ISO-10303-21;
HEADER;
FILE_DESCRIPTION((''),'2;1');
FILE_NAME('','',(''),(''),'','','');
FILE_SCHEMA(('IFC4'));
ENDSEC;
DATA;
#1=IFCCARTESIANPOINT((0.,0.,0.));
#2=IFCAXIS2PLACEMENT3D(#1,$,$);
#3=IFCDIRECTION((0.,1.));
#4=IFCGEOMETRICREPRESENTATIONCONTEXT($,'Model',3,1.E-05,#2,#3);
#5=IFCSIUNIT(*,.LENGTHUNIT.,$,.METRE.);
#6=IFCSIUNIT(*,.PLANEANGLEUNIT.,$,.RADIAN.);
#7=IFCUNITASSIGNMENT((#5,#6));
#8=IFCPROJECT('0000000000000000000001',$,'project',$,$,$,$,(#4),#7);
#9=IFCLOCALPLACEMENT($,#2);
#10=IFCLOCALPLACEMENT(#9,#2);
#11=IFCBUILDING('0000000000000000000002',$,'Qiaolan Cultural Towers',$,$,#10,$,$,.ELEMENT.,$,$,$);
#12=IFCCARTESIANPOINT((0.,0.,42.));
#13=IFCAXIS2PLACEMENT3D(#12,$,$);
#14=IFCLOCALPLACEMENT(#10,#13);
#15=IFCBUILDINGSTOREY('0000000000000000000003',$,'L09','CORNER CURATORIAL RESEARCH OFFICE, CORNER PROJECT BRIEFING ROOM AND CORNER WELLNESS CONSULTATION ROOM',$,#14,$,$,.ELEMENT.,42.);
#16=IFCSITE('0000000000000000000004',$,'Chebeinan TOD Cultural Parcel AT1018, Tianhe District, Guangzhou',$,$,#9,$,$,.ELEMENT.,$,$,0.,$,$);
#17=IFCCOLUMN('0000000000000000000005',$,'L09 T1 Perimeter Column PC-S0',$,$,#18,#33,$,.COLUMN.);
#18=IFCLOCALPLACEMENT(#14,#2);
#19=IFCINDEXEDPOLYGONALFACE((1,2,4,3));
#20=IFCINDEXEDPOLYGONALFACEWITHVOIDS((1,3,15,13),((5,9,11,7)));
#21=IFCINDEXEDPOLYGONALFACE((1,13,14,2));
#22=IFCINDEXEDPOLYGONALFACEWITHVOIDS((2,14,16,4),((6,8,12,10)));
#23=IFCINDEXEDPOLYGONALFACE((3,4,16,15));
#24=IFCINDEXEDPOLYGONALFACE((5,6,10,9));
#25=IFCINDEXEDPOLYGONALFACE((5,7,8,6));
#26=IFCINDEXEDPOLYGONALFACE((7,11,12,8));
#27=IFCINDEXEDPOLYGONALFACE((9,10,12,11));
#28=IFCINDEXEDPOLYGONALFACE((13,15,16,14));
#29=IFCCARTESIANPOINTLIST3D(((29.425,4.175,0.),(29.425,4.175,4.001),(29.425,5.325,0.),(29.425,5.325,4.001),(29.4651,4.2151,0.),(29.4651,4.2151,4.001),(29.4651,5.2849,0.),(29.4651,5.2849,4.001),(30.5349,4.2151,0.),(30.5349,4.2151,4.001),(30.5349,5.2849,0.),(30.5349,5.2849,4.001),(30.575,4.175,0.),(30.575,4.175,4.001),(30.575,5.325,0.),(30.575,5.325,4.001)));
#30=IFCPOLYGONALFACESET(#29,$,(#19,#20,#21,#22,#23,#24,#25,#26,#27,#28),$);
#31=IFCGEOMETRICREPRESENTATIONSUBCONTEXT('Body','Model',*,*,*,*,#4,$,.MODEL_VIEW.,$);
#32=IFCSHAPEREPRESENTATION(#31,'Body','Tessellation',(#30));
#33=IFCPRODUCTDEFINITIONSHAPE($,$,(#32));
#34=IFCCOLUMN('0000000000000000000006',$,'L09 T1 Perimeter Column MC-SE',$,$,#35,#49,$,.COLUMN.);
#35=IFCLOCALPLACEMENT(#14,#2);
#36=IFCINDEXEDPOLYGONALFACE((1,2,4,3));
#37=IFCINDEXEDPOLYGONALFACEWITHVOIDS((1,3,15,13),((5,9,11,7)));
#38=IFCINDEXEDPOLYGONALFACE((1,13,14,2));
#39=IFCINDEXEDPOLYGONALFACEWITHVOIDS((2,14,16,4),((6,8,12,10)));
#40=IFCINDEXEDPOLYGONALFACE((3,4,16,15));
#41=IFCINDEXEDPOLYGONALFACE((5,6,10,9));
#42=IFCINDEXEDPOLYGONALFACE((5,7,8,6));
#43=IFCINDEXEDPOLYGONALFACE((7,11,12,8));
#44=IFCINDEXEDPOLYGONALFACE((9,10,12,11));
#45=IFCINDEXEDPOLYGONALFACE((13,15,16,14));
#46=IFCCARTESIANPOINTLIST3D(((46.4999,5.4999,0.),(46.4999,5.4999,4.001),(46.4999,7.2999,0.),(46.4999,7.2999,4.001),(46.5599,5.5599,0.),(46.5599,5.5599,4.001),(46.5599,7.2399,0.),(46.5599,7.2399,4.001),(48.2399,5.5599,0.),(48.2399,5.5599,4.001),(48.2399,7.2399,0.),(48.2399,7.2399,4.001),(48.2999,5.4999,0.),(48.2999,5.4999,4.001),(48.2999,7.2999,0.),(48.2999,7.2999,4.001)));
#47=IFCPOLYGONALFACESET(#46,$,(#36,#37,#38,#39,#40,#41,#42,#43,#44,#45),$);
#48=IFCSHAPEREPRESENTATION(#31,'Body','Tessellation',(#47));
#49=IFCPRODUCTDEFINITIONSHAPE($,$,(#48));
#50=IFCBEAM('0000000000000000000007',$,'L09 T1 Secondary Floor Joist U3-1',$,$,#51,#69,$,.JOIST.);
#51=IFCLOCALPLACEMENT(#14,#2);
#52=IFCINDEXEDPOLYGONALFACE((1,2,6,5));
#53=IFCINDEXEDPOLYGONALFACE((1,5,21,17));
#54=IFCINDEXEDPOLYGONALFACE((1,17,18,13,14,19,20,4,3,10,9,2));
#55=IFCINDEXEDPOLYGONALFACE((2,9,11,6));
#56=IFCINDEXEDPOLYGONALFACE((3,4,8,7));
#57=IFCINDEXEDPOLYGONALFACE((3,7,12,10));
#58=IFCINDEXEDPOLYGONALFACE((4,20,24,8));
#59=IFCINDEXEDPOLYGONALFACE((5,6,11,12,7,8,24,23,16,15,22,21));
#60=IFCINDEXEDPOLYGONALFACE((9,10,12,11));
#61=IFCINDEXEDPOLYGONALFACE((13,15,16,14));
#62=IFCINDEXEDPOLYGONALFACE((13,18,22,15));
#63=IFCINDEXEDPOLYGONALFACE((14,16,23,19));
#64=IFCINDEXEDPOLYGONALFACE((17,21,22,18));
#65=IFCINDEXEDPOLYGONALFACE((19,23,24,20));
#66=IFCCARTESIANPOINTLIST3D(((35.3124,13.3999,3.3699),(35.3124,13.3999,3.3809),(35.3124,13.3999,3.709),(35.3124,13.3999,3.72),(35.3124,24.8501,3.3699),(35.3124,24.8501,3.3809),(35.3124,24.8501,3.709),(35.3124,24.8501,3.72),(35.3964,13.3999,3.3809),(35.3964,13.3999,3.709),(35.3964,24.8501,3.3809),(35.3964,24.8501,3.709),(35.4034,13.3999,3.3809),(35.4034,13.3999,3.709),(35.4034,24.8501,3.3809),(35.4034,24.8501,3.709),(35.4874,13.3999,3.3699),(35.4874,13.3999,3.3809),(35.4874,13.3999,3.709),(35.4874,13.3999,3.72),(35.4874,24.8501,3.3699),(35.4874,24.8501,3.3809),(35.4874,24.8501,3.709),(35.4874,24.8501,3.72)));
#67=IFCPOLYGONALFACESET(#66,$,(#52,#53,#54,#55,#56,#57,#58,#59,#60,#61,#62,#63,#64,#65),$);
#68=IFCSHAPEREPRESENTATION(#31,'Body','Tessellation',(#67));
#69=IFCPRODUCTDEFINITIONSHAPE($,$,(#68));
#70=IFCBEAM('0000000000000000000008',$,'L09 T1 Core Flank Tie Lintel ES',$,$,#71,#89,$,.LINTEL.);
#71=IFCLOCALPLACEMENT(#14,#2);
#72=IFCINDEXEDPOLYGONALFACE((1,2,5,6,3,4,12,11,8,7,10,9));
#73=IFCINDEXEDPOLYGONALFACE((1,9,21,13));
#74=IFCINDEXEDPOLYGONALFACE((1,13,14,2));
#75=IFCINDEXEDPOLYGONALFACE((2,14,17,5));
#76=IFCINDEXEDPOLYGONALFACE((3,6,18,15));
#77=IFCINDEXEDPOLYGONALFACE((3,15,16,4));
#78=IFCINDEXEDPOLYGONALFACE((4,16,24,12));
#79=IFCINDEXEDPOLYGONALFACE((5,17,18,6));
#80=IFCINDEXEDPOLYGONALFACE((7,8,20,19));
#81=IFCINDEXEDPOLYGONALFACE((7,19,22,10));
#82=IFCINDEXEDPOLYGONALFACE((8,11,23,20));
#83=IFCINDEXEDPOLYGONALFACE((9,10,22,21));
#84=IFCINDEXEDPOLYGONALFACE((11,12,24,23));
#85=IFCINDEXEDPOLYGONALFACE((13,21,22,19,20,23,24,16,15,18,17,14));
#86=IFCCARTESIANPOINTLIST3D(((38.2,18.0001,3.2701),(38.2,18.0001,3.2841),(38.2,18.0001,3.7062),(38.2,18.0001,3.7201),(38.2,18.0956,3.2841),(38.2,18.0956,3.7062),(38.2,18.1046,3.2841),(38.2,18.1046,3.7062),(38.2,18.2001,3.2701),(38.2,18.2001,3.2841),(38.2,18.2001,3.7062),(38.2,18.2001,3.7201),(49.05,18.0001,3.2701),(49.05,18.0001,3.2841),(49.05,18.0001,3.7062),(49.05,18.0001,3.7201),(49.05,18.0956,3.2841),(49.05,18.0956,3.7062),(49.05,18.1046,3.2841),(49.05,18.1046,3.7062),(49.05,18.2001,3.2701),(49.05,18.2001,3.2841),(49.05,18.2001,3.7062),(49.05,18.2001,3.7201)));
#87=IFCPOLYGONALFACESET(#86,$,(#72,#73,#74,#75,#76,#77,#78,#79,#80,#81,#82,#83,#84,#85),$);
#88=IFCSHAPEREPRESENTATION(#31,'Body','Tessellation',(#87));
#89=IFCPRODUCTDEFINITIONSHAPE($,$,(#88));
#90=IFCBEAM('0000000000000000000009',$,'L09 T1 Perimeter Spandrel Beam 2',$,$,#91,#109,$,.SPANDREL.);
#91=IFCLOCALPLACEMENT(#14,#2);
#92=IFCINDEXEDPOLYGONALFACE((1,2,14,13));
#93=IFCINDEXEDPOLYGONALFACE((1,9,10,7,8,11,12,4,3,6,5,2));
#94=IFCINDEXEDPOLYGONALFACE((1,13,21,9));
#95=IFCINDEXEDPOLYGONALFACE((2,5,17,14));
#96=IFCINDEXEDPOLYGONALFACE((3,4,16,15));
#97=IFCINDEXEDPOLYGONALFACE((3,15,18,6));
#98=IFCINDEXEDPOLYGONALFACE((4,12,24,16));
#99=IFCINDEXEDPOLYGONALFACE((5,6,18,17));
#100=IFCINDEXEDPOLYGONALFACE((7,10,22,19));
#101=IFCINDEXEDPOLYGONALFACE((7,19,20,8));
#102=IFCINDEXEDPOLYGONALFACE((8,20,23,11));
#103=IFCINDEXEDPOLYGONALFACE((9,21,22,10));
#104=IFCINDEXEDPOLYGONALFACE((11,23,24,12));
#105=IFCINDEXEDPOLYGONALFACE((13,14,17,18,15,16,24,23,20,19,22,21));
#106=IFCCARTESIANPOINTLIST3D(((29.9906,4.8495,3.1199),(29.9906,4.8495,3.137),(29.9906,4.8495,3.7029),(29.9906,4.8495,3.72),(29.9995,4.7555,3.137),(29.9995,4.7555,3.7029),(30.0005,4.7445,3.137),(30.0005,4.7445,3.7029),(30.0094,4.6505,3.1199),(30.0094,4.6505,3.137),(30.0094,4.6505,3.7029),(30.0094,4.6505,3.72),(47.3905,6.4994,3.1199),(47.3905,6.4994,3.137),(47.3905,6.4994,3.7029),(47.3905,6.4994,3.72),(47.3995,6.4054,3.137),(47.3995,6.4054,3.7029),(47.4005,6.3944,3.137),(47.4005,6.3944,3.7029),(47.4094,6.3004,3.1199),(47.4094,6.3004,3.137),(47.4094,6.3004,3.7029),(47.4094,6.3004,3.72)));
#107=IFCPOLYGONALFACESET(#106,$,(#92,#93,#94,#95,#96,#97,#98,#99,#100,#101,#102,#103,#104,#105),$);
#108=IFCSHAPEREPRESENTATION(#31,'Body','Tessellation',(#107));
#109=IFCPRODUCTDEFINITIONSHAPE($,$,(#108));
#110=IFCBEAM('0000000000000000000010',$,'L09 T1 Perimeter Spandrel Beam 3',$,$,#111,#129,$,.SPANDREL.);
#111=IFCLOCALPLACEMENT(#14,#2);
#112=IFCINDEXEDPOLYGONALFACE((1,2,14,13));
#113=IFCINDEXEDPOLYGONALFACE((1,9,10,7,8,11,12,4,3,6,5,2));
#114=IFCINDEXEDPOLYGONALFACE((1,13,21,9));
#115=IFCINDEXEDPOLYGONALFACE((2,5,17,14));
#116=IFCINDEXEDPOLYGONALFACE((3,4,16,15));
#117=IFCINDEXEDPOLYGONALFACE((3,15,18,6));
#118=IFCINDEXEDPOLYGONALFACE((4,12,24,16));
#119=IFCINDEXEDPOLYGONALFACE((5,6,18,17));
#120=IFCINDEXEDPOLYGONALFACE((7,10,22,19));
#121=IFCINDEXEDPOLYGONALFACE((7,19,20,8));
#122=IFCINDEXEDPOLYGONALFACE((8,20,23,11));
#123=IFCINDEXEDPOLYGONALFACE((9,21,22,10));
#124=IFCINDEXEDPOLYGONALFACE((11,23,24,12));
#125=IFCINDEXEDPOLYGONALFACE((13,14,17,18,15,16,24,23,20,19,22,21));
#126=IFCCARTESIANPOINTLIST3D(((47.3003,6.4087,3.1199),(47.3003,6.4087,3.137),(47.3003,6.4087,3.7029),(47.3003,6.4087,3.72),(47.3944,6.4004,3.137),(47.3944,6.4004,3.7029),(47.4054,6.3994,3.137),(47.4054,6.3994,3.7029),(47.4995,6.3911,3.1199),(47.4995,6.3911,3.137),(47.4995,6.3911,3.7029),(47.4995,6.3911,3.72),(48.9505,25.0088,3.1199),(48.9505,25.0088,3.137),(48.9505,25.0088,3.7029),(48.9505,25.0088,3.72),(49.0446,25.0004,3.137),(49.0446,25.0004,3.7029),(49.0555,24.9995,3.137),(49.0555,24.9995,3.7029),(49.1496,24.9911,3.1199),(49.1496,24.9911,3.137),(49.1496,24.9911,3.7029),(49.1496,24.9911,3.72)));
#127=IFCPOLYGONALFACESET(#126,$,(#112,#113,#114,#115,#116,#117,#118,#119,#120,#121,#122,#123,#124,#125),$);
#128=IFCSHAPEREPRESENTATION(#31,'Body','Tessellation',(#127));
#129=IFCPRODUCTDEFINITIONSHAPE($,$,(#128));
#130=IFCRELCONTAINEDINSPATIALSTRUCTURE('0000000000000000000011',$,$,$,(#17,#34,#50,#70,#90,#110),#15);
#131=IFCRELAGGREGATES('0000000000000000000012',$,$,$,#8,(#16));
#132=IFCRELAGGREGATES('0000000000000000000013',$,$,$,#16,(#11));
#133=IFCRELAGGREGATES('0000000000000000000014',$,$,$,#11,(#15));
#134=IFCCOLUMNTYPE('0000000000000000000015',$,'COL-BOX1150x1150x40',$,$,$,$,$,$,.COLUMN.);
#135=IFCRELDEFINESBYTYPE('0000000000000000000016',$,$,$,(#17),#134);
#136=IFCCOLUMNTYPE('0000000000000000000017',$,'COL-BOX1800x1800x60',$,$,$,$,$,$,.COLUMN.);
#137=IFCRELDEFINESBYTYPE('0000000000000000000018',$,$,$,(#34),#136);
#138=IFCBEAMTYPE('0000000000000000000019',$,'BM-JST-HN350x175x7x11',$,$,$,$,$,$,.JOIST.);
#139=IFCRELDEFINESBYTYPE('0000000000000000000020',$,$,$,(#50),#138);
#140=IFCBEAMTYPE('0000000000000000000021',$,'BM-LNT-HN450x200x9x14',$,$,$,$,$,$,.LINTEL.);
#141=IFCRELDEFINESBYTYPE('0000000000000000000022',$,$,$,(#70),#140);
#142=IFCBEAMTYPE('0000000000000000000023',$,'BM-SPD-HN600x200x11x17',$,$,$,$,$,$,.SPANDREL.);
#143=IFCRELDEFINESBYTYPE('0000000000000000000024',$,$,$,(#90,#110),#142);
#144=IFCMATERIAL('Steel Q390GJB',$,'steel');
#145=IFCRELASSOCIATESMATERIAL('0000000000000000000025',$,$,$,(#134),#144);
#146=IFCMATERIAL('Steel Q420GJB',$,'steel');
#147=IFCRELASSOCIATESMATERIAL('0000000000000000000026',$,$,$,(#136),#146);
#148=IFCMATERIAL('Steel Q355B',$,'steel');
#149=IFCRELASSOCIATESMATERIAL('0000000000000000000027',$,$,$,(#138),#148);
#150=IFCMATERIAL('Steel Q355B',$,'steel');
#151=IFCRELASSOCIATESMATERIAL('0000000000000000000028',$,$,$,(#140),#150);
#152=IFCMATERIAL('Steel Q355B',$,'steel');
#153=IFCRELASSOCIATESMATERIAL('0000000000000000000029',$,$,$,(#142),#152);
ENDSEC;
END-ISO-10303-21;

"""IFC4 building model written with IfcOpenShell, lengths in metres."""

from ifc_helpers import new_model, si_unit, direction, frame, origin, origin_2d, place, context, subcontext, project, spatial, hollow_rectangle, i_section, extrude, material, material_profile, profile_set, type_object, element, save


model = new_model("IFC4")

# Units and contexts
model_context = context("Model", 3, precision=1e-05, world=origin(), true_north=direction((0.0, 1.0)))
body_context = subcontext(model_context, "Body", "Model", "MODEL_VIEW")
ifc_project = project(units=[si_unit("LENGTHUNIT", "METRE"), si_unit("PLANEANGLEUNIT", "RADIAN")], contexts=[model_context])

# Site, building, storey
site_placement = place(None, origin())
site = spatial("IfcSite", under=ifc_project, at=site_placement, Name="Chebeinan TOD Cultural Parcel AT1018, Tianhe District, Guangzhou", CompositionType="ELEMENT", RefElevation=0.0)
building_placement = place(site_placement, origin())
building = spatial("IfcBuilding", under=site, at=building_placement, Name="Qiaolan Cultural Towers", CompositionType="ELEMENT")
storey_placement = place(building_placement, frame((0.0, 0.0, 42.0)))
storey = spatial("IfcBuildingStorey", under=building, at=storey_placement, Name="L09", Description="CORNER CURATORIAL RESEARCH OFFICE, CORNER PROJECT BRIEFING ROOM AND CORNER WELLNESS CONSULTATION ROOM", CompositionType="ELEMENT", Elevation=42.0)

# Columns
ifc_material_1 = material(Name="Steel Q390GJB", Category="steel")
ifc_material_profile_1 = material_profile(ifc_material_1, hollow_rectangle(XDim=1.1499, YDim=1.1499, WallThickness=0.04, at=origin_2d()), Name="BOX1150x1150x40")
ifc_profile_set_1 = profile_set([ifc_material_profile_1], Name="Steel Q390GJB")
column_type_1 = type_object("IfcColumnType", Name="COL-BOX1150x1150x40", PredefinedType="COLUMN", material=ifc_profile_set_1)
column_1_placement = place(storey_placement, frame((30.0, 4.75, 0.0), z_axis=(0.0, 0.0, 1.0), x_axis=(1.0, 0.0, 0.0)))
element("IfcColumn", 1, at=column_1_placement, inside=storey, type_object=column_type_1, Name="L09 T1 Perimeter Column PC-S0", PredefinedType="COLUMN", context=body_context, shape_type="SweptSolid", body=[
    extrude(hollow_rectangle(XDim=1.1499, YDim=1.1499, WallThickness=0.04, at=origin_2d()), origin(), (0.0, 0.0, 1.0), 4.001),
])
ifc_material_2 = material(Name="Steel Q420GJB", Category="steel")
ifc_material_profile_2 = material_profile(ifc_material_2, hollow_rectangle(XDim=1.8, YDim=1.8, WallThickness=0.0601, at=origin_2d()), Name="BOX1800x1800x60")
ifc_profile_set_2 = profile_set([ifc_material_profile_2], Name="Steel Q420GJB")
column_type_2 = type_object("IfcColumnType", Name="COL-BOX1800x1800x60", PredefinedType="COLUMN", material=ifc_profile_set_2)
column_2_placement = place(storey_placement, frame((47.3999, 6.3999, 0.0), z_axis=(0.0, 0.0, 1.0), x_axis=(1.0, 0.0, 0.0)))
element("IfcColumn", 2, at=column_2_placement, inside=storey, type_object=column_type_2, Name="L09 T1 Perimeter Column MC-SE", PredefinedType="COLUMN", context=body_context, shape_type="SweptSolid", body=[
    extrude(hollow_rectangle(XDim=1.8, YDim=1.8, WallThickness=0.0601, at=origin_2d()), origin(), (0.0, 0.0, 1.0), 4.001),
])

# Beams
ifc_material_3 = material(Name="Steel Q355B", Category="steel")
ifc_material_profile_3 = material_profile(ifc_material_3, i_section(OverallWidth=0.175, OverallDepth=0.3501, WebThickness=0.0071, FlangeThickness=0.011, at=origin_2d()), Name="HN350x175x7x11")
ifc_profile_set_3 = profile_set([ifc_material_profile_3], Name="Steel Q355B")
beam_type_1 = type_object("IfcBeamType", Name="BM-JST-HN350x175x7x11", PredefinedType="JOIST", material=ifc_profile_set_3)
beam_1_placement = place(storey_placement, frame((35.3999, 13.3999, 3.5449), z_axis=(0.0, 1.0, 0.0), x_axis=(-1.0, 0.0, 0.0)))
element("IfcBeam", 3, at=beam_1_placement, inside=storey, type_object=beam_type_1, Name="L09 T1 Secondary Floor Joist U3-1", PredefinedType="JOIST", context=body_context, shape_type="SweptSolid", body=[
    extrude(i_section(OverallWidth=0.175, OverallDepth=0.3501, WebThickness=0.0071, FlangeThickness=0.011, at=origin_2d()), origin(), (0.0, 0.0, 1.0), 11.4502),
])
ifc_material_4 = material(Name="Steel Q355B", Category="steel")
ifc_material_profile_4 = material_profile(ifc_material_4, i_section(OverallWidth=0.2, OverallDepth=0.45, WebThickness=0.009, FlangeThickness=0.0139, at=origin_2d()), Name="HN450x200x9x14")
ifc_profile_set_4 = profile_set([ifc_material_profile_4], Name="Steel Q355B")
beam_type_2 = type_object("IfcBeamType", Name="BM-LNT-HN450x200x9x14", PredefinedType="LINTEL", material=ifc_profile_set_4)
beam_2_placement = place(storey_placement, frame((38.2, 18.1001, 3.4951), z_axis=(1.0, 0.0, 0.0), x_axis=(0.0, 1.0, 0.0)))
element("IfcBeam", 4, at=beam_2_placement, inside=storey, type_object=beam_type_2, Name="L09 T1 Core Flank Tie Lintel ES", PredefinedType="LINTEL", context=body_context, shape_type="SweptSolid", body=[
    extrude(i_section(OverallWidth=0.2, OverallDepth=0.45, WebThickness=0.009, FlangeThickness=0.0139, at=origin_2d()), origin(), (0.0, 0.0, 1.0), 10.8501),
])
ifc_material_5 = material(Name="Steel Q355B", Category="steel")
ifc_material_profile_5 = material_profile(ifc_material_5, i_section(OverallWidth=0.2, OverallDepth=0.6001, WebThickness=0.011, FlangeThickness=0.0171, at=origin_2d()), Name="HN600x200x11x17")
ifc_profile_set_5 = profile_set([ifc_material_profile_5], Name="Steel Q355B")
beam_type_3 = type_object("IfcBeamType", Name="BM-SPD-HN600x200x11x17", PredefinedType="SPANDREL", material=ifc_profile_set_5)
beam_3_placement = place(storey_placement, frame((30.0, 4.75, 3.4199), z_axis=(0.995534, 0.094399, 0.0), x_axis=(-0.094399, 0.995534, 0.0)))
element("IfcBeam", 5, at=beam_3_placement, inside=storey, type_object=beam_type_3, Name="L09 T1 Perimeter Spandrel Beam 2", PredefinedType="SPANDREL", context=body_context, shape_type="SweptSolid", body=[
    extrude(i_section(OverallWidth=0.2, OverallDepth=0.6001, WebThickness=0.011, FlangeThickness=0.0171, at=origin_2d()), origin(), (0.0, 0.0, 1.0), 17.478),
])
beam_4_placement = place(storey_placement, frame((47.3999, 6.3999, 3.4199), z_axis=(0.08837, 0.996088, 0.0), x_axis=(-0.996088, 0.08837, 0.0)))
element("IfcBeam", 6, at=beam_4_placement, inside=storey, type_object=beam_type_3, Name="L09 T1 Perimeter Spandrel Beam 3", PredefinedType="SPANDREL", context=body_context, shape_type="SweptSolid", body=[
    extrude(i_section(OverallWidth=0.2, OverallDepth=0.6001, WebThickness=0.011, FlangeThickness=0.0171, at=origin_2d()), origin(), (0.0, 0.0, 1.0), 18.6731),
])

save(model, "model.ifc")
